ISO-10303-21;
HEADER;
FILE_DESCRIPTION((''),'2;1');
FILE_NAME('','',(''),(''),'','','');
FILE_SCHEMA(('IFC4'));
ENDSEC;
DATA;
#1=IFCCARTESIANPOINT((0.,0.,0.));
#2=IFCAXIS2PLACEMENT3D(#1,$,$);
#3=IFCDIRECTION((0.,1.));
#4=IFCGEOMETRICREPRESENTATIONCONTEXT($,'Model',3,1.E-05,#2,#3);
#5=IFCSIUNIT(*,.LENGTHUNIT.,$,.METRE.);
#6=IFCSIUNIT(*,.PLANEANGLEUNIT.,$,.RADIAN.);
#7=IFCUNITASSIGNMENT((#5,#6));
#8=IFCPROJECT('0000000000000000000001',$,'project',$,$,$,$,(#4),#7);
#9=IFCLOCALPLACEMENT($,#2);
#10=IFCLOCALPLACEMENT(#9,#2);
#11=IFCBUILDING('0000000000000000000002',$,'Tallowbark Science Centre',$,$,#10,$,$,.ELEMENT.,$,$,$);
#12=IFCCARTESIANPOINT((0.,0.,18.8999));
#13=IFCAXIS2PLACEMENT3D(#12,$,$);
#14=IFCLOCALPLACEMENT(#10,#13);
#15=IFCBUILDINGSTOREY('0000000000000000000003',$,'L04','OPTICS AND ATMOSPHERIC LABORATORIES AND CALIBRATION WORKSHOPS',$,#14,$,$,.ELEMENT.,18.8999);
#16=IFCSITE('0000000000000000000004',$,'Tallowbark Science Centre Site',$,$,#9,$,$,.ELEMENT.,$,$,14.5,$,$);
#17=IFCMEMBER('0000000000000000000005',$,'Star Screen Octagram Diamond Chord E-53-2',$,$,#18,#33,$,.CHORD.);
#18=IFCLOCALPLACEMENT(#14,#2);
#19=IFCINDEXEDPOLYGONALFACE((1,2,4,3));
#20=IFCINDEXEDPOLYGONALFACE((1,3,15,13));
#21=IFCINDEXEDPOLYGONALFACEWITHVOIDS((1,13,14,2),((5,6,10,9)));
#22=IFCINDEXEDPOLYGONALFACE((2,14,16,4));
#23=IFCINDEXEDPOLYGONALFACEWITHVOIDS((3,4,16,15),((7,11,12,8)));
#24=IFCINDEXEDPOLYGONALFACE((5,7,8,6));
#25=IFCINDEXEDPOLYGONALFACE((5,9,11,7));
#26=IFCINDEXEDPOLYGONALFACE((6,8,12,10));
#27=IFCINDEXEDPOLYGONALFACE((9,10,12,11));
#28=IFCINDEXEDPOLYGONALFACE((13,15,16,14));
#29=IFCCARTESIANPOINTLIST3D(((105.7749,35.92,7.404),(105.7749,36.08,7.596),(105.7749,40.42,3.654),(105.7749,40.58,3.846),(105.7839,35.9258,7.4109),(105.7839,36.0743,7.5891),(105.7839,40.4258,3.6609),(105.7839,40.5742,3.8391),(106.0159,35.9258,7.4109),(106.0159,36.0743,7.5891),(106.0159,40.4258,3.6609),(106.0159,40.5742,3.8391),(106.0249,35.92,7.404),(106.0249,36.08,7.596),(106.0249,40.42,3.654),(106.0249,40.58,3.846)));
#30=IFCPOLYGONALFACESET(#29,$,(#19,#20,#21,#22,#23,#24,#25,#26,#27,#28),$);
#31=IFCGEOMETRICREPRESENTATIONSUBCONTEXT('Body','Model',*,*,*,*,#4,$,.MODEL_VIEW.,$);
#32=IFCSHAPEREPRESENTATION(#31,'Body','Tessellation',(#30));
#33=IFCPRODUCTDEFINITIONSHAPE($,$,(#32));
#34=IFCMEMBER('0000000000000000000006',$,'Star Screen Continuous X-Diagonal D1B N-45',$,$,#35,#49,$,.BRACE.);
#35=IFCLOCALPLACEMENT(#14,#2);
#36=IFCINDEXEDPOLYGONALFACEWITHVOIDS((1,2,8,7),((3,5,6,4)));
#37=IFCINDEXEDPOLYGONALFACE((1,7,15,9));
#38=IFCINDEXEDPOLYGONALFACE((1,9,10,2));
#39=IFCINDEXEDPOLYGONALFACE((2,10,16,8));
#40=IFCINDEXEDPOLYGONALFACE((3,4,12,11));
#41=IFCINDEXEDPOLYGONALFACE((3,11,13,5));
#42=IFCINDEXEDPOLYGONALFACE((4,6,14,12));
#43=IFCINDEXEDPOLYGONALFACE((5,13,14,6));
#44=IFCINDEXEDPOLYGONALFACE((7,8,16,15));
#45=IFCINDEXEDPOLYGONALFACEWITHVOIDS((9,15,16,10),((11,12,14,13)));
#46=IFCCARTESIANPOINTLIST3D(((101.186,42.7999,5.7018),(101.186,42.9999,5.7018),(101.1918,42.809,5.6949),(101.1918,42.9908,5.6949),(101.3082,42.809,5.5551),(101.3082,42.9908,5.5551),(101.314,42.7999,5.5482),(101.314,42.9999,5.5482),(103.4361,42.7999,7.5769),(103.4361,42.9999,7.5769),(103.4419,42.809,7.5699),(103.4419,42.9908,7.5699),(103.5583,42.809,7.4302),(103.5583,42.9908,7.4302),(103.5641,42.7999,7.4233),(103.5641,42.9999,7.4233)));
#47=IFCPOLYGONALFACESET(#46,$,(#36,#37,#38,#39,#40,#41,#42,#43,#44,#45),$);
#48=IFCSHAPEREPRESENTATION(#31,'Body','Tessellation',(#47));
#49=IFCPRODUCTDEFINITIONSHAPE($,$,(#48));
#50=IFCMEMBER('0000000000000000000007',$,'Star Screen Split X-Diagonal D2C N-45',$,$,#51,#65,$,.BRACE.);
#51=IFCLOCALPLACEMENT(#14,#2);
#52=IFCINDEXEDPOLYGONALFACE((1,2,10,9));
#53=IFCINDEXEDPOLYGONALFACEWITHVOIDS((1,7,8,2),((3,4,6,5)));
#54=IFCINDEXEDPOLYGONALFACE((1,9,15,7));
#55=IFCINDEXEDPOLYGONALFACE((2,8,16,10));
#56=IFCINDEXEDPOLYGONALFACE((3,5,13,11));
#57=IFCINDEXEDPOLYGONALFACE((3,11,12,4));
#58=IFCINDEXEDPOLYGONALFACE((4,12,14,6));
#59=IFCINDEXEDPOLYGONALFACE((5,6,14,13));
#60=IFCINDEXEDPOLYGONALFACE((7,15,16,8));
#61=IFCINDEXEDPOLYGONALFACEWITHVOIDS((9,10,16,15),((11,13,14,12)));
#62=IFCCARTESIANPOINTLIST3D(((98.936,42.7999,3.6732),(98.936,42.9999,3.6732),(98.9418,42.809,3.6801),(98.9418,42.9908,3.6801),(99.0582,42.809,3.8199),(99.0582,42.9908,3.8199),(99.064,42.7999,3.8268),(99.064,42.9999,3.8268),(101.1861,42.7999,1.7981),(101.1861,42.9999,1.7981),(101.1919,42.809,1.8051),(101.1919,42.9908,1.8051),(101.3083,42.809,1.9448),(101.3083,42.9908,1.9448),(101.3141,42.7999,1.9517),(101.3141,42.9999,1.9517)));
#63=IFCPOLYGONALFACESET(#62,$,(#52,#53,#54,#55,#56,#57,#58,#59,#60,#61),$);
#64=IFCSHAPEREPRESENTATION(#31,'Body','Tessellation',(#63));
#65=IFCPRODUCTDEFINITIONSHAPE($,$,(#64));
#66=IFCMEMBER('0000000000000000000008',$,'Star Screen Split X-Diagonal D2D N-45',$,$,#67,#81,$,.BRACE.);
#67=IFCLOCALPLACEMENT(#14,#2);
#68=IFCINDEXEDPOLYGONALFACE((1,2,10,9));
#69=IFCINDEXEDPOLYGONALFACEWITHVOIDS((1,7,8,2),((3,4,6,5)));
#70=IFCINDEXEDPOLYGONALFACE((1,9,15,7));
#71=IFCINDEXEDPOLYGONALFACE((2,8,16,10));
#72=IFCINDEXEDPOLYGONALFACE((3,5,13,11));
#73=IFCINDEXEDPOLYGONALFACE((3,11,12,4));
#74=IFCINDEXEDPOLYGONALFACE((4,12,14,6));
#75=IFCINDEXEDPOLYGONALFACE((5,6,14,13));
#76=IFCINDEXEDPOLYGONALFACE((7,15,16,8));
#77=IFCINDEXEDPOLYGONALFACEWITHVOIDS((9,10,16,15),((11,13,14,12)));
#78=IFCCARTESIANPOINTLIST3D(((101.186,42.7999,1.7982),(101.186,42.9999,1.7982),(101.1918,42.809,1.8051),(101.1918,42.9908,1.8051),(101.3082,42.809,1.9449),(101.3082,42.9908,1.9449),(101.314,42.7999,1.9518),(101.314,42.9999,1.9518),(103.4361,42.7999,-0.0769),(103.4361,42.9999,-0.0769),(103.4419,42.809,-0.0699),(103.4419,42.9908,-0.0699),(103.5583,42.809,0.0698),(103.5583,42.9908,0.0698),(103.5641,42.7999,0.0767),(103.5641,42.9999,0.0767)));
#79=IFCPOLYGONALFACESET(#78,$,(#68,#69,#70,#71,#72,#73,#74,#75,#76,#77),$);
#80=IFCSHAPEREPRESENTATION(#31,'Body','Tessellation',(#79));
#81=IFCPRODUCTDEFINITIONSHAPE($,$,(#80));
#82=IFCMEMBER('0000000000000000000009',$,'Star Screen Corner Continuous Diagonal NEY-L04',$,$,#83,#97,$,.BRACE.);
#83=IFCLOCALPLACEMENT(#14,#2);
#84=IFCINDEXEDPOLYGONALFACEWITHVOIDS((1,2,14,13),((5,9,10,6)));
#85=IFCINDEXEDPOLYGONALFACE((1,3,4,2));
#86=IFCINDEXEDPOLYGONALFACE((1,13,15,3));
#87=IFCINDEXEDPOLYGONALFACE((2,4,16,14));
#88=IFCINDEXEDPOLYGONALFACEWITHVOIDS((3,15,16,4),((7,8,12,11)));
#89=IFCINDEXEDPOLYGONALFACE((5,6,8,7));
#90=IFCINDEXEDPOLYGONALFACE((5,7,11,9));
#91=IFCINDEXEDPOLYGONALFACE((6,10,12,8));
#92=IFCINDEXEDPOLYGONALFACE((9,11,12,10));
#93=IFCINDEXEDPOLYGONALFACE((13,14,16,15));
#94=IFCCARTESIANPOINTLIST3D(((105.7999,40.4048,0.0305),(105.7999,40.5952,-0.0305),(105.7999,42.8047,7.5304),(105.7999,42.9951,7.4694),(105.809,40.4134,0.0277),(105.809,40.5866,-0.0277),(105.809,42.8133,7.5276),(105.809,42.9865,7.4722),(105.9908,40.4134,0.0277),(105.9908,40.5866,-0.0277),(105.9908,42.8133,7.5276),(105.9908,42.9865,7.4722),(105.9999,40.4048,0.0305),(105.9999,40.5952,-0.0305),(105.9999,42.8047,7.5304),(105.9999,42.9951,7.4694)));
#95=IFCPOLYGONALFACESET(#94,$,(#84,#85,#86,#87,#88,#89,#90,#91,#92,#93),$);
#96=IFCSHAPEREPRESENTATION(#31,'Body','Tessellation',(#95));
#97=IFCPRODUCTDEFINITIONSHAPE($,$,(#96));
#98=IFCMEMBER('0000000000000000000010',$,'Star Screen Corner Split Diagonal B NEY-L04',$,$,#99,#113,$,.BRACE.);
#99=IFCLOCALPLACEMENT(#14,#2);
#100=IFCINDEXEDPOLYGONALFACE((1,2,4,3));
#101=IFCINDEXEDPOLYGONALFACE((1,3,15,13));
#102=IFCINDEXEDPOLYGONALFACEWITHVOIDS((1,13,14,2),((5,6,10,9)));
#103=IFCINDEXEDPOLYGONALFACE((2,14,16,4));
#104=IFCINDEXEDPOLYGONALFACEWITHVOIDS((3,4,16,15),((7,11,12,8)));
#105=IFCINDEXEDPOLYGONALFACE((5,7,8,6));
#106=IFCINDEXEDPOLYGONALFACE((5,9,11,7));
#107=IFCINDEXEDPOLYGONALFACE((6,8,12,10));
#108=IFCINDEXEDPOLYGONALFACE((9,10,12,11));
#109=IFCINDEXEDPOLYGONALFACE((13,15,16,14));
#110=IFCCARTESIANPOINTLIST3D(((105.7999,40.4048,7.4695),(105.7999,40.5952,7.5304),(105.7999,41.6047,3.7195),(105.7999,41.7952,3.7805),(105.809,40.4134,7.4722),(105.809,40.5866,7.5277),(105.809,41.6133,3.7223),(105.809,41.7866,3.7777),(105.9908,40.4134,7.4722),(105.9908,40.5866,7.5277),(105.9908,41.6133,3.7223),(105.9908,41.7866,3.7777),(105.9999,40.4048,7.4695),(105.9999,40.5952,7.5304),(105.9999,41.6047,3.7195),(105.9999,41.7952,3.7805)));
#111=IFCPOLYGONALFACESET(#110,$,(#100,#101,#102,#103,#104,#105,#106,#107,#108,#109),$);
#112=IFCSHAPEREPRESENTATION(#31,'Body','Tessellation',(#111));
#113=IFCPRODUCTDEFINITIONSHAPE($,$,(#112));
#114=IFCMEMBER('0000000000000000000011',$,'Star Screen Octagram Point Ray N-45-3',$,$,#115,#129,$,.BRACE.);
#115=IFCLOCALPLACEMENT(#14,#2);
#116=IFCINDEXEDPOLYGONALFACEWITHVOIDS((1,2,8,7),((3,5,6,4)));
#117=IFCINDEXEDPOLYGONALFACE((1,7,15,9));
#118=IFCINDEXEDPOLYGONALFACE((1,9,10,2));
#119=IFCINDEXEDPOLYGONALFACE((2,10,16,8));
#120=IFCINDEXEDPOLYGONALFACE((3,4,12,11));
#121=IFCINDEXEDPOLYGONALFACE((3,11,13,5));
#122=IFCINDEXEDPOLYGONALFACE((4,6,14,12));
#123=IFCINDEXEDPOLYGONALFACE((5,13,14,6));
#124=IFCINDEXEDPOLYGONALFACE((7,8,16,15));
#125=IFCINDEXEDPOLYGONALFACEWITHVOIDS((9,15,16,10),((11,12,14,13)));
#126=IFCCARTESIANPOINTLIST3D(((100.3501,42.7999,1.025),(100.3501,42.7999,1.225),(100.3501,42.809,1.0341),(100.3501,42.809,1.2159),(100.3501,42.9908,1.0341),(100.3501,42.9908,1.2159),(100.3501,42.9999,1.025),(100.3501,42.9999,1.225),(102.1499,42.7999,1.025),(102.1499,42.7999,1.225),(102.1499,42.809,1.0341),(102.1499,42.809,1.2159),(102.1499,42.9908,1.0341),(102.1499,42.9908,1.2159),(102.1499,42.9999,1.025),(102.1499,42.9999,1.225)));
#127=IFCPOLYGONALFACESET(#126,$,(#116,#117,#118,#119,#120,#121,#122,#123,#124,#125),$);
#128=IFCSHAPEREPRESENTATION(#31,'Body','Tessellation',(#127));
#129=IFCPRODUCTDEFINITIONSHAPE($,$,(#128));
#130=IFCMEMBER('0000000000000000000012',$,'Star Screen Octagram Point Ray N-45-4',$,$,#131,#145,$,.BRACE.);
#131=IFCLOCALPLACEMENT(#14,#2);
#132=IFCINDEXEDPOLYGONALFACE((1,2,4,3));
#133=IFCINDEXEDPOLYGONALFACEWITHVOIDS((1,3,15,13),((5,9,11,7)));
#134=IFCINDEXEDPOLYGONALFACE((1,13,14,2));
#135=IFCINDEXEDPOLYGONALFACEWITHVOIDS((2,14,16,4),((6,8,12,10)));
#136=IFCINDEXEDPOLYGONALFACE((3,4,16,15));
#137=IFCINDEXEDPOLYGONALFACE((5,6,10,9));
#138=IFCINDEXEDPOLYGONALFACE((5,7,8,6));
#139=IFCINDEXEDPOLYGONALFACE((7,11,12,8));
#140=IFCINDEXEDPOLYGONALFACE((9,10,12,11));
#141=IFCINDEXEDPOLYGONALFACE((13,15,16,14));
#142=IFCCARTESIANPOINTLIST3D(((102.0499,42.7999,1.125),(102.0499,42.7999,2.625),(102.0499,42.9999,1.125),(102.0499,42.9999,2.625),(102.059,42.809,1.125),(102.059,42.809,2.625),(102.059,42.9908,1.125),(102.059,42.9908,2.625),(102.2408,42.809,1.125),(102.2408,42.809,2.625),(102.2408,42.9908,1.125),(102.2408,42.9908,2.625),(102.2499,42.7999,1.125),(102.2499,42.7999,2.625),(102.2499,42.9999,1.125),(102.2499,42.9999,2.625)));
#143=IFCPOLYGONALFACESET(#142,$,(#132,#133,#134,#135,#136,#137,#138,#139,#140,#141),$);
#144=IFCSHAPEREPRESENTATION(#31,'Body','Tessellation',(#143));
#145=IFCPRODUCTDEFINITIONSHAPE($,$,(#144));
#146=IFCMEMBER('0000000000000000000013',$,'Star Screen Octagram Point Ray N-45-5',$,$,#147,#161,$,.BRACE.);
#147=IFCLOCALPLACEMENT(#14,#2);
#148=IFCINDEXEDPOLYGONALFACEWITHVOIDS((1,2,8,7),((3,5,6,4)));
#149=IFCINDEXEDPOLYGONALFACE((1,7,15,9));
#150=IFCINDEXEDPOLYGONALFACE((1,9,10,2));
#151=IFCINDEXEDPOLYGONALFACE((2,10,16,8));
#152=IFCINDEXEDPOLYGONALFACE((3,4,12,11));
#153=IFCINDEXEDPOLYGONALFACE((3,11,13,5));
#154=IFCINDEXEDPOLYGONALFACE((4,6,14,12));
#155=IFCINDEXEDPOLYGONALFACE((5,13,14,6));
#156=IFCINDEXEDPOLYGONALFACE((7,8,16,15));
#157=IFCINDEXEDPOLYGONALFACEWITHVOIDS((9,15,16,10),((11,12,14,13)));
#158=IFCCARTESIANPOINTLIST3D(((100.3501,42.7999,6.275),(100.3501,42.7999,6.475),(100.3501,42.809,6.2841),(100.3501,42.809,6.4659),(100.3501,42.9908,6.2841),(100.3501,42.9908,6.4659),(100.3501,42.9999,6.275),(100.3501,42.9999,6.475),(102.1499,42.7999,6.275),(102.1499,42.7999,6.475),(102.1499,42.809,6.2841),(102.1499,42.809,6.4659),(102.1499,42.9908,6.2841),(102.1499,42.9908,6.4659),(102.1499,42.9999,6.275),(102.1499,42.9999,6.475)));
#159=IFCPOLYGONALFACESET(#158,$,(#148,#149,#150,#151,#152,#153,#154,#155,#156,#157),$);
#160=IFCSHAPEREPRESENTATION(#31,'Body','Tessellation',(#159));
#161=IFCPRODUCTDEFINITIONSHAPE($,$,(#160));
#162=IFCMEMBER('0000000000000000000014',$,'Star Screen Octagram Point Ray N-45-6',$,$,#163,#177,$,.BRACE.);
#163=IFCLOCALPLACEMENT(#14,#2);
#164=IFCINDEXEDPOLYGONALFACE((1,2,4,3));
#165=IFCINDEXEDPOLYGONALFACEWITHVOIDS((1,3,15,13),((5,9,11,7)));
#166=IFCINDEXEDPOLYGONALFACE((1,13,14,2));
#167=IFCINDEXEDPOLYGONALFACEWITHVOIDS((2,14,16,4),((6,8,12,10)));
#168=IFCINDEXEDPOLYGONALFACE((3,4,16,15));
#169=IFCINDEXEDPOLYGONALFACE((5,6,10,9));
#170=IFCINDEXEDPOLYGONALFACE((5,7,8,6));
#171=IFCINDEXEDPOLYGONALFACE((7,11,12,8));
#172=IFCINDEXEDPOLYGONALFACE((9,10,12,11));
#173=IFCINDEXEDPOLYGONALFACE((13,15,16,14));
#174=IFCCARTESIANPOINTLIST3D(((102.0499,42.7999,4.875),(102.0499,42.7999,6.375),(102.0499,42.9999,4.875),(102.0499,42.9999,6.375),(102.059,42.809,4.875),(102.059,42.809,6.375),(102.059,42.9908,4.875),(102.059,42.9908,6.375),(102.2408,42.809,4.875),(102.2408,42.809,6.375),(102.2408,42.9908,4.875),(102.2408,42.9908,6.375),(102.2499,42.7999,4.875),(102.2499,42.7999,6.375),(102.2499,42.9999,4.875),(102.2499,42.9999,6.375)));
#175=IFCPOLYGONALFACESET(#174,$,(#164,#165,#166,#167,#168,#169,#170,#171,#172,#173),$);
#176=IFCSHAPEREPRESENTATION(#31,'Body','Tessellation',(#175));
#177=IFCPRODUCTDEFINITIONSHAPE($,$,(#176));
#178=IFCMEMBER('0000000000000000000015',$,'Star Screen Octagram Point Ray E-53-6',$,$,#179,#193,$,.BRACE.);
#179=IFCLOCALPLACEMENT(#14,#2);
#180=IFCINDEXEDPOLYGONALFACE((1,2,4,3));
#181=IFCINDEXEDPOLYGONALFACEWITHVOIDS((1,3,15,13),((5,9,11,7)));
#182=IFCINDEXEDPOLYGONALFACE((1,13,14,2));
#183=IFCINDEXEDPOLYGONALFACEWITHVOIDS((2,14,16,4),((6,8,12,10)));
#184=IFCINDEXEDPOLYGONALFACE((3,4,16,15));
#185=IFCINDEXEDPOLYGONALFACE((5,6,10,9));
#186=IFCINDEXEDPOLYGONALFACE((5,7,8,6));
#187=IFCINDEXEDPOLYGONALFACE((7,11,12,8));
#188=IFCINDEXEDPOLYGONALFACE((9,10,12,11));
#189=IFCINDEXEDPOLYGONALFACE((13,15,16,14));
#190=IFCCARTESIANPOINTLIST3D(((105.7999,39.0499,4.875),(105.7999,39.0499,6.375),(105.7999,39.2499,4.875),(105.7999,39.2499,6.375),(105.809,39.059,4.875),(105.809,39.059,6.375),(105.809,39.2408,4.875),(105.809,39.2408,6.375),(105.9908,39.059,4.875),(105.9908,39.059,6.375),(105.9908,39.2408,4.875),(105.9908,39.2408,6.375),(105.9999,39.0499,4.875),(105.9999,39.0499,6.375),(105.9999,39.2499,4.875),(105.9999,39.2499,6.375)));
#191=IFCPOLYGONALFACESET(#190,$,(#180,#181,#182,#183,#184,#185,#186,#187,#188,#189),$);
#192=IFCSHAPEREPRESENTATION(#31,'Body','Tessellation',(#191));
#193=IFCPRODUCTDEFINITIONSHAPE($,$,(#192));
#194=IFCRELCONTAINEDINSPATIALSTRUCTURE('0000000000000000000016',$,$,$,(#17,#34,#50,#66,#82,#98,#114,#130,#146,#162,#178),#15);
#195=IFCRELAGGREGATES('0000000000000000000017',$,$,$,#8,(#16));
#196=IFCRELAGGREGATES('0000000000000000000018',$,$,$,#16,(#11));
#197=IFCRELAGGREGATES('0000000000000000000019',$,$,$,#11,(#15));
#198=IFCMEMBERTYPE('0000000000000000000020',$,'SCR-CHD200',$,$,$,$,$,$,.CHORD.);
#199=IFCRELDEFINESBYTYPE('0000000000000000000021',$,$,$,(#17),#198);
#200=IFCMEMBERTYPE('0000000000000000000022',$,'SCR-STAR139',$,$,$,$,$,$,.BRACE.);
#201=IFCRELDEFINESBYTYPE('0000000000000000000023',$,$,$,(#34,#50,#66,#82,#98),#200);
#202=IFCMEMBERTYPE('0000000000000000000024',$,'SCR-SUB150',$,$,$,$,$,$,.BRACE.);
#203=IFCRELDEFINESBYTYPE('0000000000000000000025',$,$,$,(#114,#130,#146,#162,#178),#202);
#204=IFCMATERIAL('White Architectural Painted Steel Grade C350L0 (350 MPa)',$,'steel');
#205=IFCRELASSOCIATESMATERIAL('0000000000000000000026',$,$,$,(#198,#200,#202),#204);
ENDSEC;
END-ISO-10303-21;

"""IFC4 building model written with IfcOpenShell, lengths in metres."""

from ifc_helpers import new_model, si_unit, direction, frame, origin, origin_2d, place, context, subcontext, project, spatial, hollow_rectangle, extrude, material, material_profile, profile_set, type_object, element, save


model = new_model("IFC4")

# Units and contexts
model_context = context("Model", 3, precision=1e-05, world=origin(), true_north=direction((0.0, 1.0)))
body_context = subcontext(model_context, "Body", "Model", "MODEL_VIEW")
ifc_project = project(units=[si_unit("LENGTHUNIT", "METRE"), si_unit("PLANEANGLEUNIT", "RADIAN")], contexts=[model_context])

# Site, building, storey
site_placement = place(None, origin())
site = spatial("IfcSite", under=ifc_project, at=site_placement, Name="Tallowbark Science Centre Site", CompositionType="ELEMENT", RefElevation=14.5)
building_placement = place(site_placement, origin())
building = spatial("IfcBuilding", under=site, at=building_placement, Name="Tallowbark Science Centre", CompositionType="ELEMENT")
storey_placement = place(building_placement, frame((0.0, 0.0, 18.8999)))
storey = spatial("IfcBuildingStorey", under=building, at=storey_placement, Name="L04", Description="OPTICS AND ATMOSPHERIC LABORATORIES AND CALIBRATION WORKSHOPS", CompositionType="ELEMENT", Elevation=18.8999)

# Shared definitions
ifc_material_1 = material(Name="White Architectural Painted Steel Grade C350L0 (350 MPa)", Category="steel")

# Members
ifc_material_profile_1 = material_profile(ifc_material_1, hollow_rectangle(XDim=0.25, YDim=0.25, WallThickness=0.009, at=origin_2d()), Name="250x250x9.0SHS")
ifc_profile_set_1 = profile_set([ifc_material_profile_1], Name="White Architectural Painted Steel Grade C350L0 (350 MPa)")
member_type_1 = type_object("IfcMemberType", Name="SCR-CHD200", PredefinedType="CHORD", material=ifc_profile_set_1)
for number, where, z_axis, x_axis, name in (
    (1, (105.8999, 40.5, 3.75), (0.0, -0.768221, 0.640184), (1.0, 0.0, 0.0), "Star Screen Octagram Diamond Chord E-53-2"),
):
    element("IfcMember", number, at=place(storey_placement, frame(where, z_axis=z_axis, x_axis=x_axis)), inside=storey, type_object=member_type_1, Name=name, PredefinedType="CHORD", context=body_context, shape_type="SweptSolid", body=[
        extrude(hollow_rectangle(XDim=0.25, YDim=0.25, WallThickness=0.009, at=origin_2d()), origin(), (0.0, 0.0, 1.0), 5.8577),
    ])
ifc_material_profile_2 = material_profile(ifc_material_1, hollow_rectangle(XDim=0.2, YDim=0.2, WallThickness=0.009, at=origin_2d()), Name="200x200x9.0SHS")
ifc_profile_set_2 = profile_set([ifc_material_profile_2], Name="White Architectural Painted Steel Grade C350L0 (350 MPa)")
member_type_2 = type_object("IfcMemberType", Name="SCR-STAR139", PredefinedType="BRACE", material=ifc_profile_set_2)
for number, where, z_axis, x_axis, name in (
    (2, (101.25, 42.8999, 5.625), (0.768221, 0.0, 0.640184), (0.0, 1.0, 0.0), "Star Screen Continuous X-Diagonal D1B N-45"),
    (3, (99.0, 42.8999, 3.75), (0.768221, 0.0, -0.640184), (0.0, 1.0, 0.0), "Star Screen Split X-Diagonal D2C N-45"),
    (4, (101.25, 42.8999, 1.875), (0.768221, 0.0, -0.640184), (0.0, 1.0, 0.0), "Star Screen Split X-Diagonal D2D N-45"),
):
    element("IfcMember", number, at=place(storey_placement, frame(where, z_axis=z_axis, x_axis=x_axis)), inside=storey, type_object=member_type_2, Name=name, PredefinedType="BRACE", context=body_context, shape_type="SweptSolid", body=[
        extrude(hollow_rectangle(XDim=0.2, YDim=0.2, WallThickness=0.009, at=origin_2d()), origin(), (0.0, 0.0, 1.0), 2.929),
    ])
member_1_placement = place(storey_placement, frame((105.8999, 40.5, 0.0), z_axis=(0.0, 0.304764, 0.952428), x_axis=(-1.0, 0.0, 0.0)))
element("IfcMember", 5, at=member_1_placement, inside=storey, type_object=member_type_2, Name="Star Screen Corner Continuous Diagonal NEY-L04", PredefinedType="BRACE", context=body_context, shape_type="SweptSolid", body=[
    extrude(hollow_rectangle(XDim=0.2, YDim=0.2, WallThickness=0.009, at=origin_2d()), origin(), (0.0, 0.0, 1.0), 7.8745),
])
member_2_placement = place(storey_placement, frame((105.8999, 41.7, 3.75), z_axis=(0.0, -0.304764, 0.952428), x_axis=(1.0, 0.0, 0.0)))
element("IfcMember", 6, at=member_2_placement, inside=storey, type_object=member_type_2, Name="Star Screen Corner Split Diagonal B NEY-L04", PredefinedType="BRACE", context=body_context, shape_type="SweptSolid", body=[
    extrude(hollow_rectangle(XDim=0.2, YDim=0.2, WallThickness=0.009, at=origin_2d()), origin(), (0.0, 0.0, 1.0), 3.9373),
])
ifc_material_profile_3 = material_profile(ifc_material_1, hollow_rectangle(XDim=0.2, YDim=0.2, WallThickness=0.009, at=origin_2d()), Name="200x200x9.0SHS")
ifc_profile_set_3 = profile_set([ifc_material_profile_3], Name="White Architectural Painted Steel Grade C350L0 (350 MPa)")
member_type_3 = type_object("IfcMemberType", Name="SCR-SUB150", PredefinedType="BRACE", material=ifc_profile_set_3)
member_3_placement = place(storey_placement, frame((102.1499, 42.8999, 1.125), z_axis=(-1.0, 0.0, 0.0), x_axis=(0.0, -1.0, 0.0)))
element("IfcMember", 7, at=member_3_placement, inside=storey, type_object=member_type_3, Name="Star Screen Octagram Point Ray N-45-3", PredefinedType="BRACE", context=body_context, shape_type="SweptSolid", body=[
    extrude(hollow_rectangle(XDim=0.2, YDim=0.2, WallThickness=0.009, at=origin_2d()), origin(), (0.0, 0.0, 1.0), 1.7998),
])
member_4_placement = place(storey_placement, frame((102.1499, 42.8999, 1.125), z_axis=(0.0, 0.0, 1.0), x_axis=(1.0, 0.0, 0.0)))
element("IfcMember", 8, at=member_4_placement, inside=storey, type_object=member_type_3, Name="Star Screen Octagram Point Ray N-45-4", PredefinedType="BRACE", context=body_context, shape_type="SweptSolid", body=[
    extrude(hollow_rectangle(XDim=0.2, YDim=0.2, WallThickness=0.009, at=origin_2d()), origin(), (0.0, 0.0, 1.0), 1.5),
])
member_5_placement = place(storey_placement, frame((102.1499, 42.8999, 6.375), z_axis=(-1.0, 0.0, 0.0), x_axis=(0.0, -1.0, 0.0)))
element("IfcMember", 9, at=member_5_placement, inside=storey, type_object=member_type_3, Name="Star Screen Octagram Point Ray N-45-5", PredefinedType="BRACE", context=body_context, shape_type="SweptSolid", body=[
    extrude(hollow_rectangle(XDim=0.2, YDim=0.2, WallThickness=0.009, at=origin_2d()), origin(), (0.0, 0.0, 1.0), 1.7998),
])
for number, where, z_axis, x_axis, name in (
    (10, (102.1499, 42.8999, 6.375), (0.0, 0.0, -1.0), (1.0, 0.0, 0.0), "Star Screen Octagram Point Ray N-45-6"),
    (11, (105.8999, 39.1499, 6.375), (0.0, 0.0, -1.0), (1.0, 0.0, 0.0), "Star Screen Octagram Point Ray E-53-6"),
):
    element("IfcMember", number, at=place(storey_placement, frame(where, z_axis=z_axis, x_axis=x_axis)), inside=storey, type_object=member_type_3, Name=name, PredefinedType="BRACE", context=body_context, shape_type="SweptSolid", body=[
        extrude(hollow_rectangle(XDim=0.2, YDim=0.2, WallThickness=0.009, at=origin_2d()), origin(), (0.0, 0.0, 1.0), 1.5),
    ])

save(model, "model.ifc")
